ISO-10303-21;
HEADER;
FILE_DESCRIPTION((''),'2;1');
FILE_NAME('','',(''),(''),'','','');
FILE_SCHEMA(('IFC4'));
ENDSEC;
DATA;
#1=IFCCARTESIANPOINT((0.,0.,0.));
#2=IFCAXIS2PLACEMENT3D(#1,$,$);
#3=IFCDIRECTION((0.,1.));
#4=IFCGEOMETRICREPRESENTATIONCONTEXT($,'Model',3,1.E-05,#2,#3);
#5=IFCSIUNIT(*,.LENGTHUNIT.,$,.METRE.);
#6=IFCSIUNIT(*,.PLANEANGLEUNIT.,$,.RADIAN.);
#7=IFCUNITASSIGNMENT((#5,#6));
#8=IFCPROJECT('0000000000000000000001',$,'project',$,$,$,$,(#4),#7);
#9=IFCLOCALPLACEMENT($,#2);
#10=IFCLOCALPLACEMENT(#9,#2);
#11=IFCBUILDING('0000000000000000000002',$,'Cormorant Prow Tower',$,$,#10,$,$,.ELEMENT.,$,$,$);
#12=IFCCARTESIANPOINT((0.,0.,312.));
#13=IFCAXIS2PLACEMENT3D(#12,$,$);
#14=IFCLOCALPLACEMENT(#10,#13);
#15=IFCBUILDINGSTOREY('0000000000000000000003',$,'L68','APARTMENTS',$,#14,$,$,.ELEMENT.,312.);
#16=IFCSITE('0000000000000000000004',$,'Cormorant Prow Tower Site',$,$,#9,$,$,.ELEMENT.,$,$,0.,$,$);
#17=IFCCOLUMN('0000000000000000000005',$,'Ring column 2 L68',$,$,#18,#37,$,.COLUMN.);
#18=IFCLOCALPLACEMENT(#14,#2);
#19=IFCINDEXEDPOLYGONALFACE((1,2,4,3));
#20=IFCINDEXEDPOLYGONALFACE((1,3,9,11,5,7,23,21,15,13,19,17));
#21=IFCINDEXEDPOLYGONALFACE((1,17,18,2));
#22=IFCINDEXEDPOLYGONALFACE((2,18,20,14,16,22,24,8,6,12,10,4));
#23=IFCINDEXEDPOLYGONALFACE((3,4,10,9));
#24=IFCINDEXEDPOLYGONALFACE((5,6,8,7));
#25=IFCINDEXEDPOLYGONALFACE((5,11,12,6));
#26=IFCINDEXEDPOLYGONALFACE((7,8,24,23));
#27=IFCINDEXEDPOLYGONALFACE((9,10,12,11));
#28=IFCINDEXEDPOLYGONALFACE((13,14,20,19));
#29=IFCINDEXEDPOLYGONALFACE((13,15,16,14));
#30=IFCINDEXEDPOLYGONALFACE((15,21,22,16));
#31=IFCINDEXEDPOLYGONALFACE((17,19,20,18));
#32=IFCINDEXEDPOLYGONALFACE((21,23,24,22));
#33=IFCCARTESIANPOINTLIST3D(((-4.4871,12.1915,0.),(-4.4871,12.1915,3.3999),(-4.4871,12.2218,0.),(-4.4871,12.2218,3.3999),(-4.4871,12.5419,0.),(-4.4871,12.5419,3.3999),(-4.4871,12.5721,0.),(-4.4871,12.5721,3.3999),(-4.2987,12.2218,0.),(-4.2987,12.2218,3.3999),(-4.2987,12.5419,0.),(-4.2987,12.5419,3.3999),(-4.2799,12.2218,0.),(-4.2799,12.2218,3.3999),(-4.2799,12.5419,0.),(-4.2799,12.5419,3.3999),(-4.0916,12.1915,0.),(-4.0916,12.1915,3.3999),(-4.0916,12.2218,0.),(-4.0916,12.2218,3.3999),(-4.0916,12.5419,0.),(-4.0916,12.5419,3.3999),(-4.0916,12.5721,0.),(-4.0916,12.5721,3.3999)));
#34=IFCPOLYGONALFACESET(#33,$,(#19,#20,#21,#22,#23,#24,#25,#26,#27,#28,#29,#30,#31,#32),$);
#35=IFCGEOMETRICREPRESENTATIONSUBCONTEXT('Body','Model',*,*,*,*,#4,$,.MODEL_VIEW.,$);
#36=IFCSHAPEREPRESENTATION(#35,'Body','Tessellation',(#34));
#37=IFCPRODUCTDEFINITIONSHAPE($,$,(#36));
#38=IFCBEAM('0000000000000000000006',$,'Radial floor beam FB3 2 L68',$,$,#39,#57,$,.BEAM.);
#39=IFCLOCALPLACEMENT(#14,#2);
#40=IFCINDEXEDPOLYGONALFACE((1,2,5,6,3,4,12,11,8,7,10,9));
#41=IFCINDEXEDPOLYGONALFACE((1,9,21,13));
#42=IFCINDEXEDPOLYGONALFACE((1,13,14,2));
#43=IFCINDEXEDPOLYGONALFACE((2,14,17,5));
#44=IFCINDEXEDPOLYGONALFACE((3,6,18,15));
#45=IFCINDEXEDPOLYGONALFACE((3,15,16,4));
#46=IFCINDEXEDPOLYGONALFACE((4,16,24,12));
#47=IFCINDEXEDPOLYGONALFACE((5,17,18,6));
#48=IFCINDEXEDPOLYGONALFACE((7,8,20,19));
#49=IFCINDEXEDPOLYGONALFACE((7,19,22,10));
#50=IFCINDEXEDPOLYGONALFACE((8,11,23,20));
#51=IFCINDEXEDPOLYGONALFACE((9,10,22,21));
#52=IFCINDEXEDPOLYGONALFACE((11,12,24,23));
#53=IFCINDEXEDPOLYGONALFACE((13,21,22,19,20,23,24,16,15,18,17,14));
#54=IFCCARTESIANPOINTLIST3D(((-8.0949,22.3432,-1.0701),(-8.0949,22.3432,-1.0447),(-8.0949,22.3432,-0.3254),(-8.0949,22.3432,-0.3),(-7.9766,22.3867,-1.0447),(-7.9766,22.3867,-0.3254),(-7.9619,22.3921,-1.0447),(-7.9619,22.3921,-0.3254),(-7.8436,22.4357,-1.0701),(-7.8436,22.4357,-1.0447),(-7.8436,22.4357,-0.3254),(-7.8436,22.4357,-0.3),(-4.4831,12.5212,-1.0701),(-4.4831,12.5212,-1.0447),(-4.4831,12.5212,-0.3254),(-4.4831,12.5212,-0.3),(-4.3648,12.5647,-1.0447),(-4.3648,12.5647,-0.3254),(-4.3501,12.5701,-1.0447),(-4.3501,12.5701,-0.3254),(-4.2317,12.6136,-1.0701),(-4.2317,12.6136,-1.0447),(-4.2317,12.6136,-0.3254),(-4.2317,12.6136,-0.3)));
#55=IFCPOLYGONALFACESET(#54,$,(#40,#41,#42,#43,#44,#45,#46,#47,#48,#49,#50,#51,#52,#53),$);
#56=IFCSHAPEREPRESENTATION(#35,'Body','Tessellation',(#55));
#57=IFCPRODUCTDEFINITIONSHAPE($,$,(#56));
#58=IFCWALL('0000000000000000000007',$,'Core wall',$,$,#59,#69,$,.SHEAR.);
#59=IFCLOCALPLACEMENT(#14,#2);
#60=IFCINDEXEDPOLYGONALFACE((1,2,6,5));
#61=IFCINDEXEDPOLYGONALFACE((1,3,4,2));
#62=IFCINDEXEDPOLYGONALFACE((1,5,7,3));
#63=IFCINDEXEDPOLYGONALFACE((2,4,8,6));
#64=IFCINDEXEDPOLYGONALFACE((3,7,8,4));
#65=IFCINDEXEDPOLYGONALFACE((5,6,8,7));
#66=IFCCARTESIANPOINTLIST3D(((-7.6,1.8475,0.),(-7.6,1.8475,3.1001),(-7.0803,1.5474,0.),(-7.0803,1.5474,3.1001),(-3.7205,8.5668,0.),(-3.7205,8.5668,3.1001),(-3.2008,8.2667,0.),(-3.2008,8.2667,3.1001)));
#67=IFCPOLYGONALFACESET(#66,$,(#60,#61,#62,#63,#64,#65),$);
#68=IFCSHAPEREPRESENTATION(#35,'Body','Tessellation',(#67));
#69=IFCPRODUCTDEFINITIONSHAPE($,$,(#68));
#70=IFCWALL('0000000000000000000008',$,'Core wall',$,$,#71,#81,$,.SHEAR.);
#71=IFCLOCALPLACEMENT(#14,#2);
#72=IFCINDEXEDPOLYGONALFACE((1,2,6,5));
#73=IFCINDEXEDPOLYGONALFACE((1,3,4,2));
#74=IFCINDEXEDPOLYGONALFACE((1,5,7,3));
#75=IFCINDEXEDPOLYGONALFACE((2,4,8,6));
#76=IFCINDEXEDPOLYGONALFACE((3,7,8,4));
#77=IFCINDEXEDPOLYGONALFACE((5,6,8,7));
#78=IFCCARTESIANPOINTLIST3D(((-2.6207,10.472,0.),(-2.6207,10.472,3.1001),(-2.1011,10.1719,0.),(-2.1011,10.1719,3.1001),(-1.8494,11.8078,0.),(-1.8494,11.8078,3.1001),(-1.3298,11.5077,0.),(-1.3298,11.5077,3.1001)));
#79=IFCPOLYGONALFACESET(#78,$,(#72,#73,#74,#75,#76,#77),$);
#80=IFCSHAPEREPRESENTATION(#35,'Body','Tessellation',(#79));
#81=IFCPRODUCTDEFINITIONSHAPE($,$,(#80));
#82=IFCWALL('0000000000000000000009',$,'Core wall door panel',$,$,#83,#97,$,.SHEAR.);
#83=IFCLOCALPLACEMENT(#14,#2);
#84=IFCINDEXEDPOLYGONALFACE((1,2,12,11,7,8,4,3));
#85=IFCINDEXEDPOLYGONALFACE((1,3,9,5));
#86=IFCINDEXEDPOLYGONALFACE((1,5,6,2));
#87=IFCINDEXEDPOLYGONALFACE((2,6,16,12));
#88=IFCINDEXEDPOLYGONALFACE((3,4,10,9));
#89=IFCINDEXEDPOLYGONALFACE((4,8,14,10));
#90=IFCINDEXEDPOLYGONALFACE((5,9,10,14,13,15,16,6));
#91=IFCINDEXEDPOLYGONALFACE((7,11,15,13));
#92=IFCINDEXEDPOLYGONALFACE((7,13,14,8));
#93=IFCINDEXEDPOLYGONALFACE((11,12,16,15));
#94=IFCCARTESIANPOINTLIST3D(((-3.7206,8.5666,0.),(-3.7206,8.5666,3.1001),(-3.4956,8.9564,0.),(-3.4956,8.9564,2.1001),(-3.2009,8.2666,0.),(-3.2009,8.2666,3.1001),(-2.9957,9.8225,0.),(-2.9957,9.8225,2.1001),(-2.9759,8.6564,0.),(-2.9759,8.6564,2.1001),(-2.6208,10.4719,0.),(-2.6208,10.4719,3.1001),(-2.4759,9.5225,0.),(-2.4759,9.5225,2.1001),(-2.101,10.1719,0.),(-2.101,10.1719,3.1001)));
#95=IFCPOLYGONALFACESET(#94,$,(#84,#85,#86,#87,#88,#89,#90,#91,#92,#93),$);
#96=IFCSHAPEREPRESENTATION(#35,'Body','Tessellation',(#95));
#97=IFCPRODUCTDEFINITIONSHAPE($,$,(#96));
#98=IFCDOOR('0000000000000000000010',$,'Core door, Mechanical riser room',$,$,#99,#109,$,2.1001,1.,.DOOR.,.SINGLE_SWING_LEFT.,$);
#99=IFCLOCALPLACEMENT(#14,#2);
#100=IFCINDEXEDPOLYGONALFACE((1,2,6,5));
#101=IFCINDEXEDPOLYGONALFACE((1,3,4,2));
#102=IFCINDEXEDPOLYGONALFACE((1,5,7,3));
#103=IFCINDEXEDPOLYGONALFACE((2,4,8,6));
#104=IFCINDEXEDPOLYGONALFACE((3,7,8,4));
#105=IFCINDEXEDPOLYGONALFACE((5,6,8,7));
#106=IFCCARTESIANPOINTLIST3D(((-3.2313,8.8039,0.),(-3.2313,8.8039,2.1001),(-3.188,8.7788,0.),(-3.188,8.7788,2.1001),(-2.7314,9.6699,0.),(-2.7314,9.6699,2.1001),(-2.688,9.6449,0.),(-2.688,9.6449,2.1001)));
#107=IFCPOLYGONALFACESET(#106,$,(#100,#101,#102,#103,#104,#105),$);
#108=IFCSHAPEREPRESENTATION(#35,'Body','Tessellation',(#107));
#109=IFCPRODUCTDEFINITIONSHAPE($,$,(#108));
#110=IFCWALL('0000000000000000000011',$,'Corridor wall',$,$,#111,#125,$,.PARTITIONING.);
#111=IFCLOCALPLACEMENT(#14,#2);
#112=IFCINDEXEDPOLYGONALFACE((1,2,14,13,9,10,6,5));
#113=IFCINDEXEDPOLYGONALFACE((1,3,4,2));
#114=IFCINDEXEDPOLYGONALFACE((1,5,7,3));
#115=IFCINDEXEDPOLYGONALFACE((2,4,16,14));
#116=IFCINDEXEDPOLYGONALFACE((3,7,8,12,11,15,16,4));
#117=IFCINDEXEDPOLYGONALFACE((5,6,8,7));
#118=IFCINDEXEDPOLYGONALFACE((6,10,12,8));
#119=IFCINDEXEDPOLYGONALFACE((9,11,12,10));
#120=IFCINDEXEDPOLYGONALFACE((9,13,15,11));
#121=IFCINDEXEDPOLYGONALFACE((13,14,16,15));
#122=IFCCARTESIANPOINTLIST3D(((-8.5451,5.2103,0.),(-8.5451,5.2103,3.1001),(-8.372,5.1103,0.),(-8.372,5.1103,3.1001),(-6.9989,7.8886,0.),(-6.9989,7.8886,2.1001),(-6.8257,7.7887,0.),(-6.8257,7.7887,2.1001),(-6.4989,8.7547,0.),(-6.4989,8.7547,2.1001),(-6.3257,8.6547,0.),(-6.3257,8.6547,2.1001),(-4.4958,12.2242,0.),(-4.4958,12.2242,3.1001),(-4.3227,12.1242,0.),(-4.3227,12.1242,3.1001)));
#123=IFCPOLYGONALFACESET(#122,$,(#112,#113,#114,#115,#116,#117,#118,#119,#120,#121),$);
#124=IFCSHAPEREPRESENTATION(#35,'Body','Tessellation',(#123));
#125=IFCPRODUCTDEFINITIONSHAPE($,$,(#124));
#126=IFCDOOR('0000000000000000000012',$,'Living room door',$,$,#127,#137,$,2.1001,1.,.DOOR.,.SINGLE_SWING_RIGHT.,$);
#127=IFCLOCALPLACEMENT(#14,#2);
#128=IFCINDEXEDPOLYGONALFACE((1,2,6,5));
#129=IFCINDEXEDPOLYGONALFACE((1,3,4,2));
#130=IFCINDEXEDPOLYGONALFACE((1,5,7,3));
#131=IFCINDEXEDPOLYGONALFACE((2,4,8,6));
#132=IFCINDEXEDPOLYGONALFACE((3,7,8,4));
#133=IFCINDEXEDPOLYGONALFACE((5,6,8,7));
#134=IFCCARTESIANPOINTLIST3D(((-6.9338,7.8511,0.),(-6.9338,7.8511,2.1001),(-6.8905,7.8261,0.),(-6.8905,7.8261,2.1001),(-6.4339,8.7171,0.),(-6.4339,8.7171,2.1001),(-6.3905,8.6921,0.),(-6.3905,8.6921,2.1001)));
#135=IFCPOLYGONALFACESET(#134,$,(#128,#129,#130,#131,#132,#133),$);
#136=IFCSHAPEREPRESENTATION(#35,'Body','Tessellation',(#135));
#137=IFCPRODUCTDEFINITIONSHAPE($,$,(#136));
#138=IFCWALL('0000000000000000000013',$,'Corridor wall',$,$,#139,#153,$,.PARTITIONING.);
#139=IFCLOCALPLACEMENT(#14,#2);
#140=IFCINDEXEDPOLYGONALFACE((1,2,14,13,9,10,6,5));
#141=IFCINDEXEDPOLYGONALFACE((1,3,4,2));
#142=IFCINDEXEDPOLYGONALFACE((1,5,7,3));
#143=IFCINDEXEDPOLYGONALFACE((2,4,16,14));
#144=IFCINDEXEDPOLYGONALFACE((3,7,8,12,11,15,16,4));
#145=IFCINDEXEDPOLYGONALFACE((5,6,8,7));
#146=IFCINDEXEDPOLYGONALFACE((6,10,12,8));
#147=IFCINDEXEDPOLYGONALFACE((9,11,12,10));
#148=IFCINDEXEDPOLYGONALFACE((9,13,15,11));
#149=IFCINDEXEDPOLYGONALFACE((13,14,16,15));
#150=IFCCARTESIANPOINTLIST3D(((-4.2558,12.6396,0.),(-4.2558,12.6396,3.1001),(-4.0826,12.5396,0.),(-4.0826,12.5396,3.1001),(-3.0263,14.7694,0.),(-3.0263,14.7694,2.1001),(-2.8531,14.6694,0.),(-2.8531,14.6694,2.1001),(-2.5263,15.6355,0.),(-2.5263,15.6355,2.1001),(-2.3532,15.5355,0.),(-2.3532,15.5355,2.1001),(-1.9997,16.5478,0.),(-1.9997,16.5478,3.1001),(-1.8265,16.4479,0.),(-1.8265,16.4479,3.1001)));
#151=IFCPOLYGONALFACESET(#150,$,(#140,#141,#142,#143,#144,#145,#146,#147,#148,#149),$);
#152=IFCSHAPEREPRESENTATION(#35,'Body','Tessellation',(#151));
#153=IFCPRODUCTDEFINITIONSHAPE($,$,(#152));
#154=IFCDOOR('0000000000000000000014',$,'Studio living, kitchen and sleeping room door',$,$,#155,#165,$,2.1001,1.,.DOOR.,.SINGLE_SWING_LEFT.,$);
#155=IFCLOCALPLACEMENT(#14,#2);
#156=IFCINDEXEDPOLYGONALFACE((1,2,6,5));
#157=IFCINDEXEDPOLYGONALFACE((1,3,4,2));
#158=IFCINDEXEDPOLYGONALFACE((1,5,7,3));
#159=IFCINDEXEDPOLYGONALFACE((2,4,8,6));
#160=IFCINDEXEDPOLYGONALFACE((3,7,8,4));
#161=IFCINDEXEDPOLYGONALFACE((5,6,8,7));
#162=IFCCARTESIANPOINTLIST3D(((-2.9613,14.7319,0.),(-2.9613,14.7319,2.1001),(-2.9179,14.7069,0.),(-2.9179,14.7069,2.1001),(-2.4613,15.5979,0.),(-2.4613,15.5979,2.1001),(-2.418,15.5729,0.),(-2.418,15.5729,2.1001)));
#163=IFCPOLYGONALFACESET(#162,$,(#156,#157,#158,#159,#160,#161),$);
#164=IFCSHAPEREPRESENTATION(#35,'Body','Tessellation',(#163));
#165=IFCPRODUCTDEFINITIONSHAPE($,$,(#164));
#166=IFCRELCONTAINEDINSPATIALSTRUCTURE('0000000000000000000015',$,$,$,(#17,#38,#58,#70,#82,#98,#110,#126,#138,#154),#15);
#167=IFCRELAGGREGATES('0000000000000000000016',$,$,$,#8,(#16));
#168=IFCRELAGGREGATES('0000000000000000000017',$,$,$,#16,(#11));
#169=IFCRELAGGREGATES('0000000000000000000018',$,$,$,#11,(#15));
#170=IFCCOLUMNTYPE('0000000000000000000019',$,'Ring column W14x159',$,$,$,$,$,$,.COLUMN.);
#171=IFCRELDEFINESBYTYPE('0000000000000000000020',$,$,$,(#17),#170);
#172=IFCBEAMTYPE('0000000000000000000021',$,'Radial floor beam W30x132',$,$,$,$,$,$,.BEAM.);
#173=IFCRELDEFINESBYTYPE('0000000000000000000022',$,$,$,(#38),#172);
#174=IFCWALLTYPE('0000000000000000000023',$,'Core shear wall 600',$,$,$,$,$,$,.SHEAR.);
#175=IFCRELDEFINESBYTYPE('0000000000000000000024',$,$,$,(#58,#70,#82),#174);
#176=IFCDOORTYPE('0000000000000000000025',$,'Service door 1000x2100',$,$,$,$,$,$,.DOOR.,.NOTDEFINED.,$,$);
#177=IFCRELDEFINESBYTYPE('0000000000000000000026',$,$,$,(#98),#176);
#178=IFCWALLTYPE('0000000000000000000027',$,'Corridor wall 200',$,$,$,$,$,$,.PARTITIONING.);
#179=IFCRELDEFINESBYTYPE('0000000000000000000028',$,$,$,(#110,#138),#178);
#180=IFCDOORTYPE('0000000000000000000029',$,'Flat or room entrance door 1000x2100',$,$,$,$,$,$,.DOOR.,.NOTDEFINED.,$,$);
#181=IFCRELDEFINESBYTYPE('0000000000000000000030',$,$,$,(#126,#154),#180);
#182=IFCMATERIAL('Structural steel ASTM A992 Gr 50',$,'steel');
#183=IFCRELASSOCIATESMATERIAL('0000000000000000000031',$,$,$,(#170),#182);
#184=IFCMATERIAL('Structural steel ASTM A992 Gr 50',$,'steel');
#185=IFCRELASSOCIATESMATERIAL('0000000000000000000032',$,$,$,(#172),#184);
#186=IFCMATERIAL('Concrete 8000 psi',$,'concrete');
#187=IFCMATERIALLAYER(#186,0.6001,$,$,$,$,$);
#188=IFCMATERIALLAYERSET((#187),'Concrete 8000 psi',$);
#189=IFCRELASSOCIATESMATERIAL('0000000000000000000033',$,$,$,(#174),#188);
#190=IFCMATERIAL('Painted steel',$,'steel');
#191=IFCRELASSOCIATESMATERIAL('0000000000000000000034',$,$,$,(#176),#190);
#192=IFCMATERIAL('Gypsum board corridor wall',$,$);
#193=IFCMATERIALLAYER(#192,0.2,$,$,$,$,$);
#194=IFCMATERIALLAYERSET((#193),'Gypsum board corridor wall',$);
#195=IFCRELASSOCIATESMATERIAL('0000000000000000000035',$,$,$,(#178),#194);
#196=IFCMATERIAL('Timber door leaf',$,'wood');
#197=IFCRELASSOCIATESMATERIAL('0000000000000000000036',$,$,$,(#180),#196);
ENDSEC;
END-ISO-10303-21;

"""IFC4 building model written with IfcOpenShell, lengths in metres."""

from ifc_helpers import new_model, si_unit, direction, frame, frame_2d, origin, origin_2d, place, context, subcontext, project, spatial, rectangle, i_section, extrude, material, layer, layer_set, material_profile, profile_set, type_object, element, fill, save


model = new_model("IFC4")

# Units and contexts
model_context = context("Model", 3, precision=1e-05, world=origin(), true_north=direction((0.0, 1.0)))
body_context = subcontext(model_context, "Body", "Model", "MODEL_VIEW")
ifc_project = project(units=[si_unit("LENGTHUNIT", "METRE"), si_unit("PLANEANGLEUNIT", "RADIAN")], contexts=[model_context])

# Site, building, storey
site_placement = place(None, origin())
site = spatial("IfcSite", under=ifc_project, at=site_placement, Name="Cormorant Prow Tower Site", CompositionType="ELEMENT", RefElevation=0.0)
building_placement = place(site_placement, origin())
building = spatial("IfcBuilding", under=site, at=building_placement, Name="Cormorant Prow Tower", CompositionType="ELEMENT")
storey_placement = place(building_placement, frame((0.0, 0.0, 312.0)))
storey = spatial("IfcBuildingStorey", under=building, at=storey_placement, Name="L68", Description="APARTMENTS", CompositionType="ELEMENT", Elevation=312.0)

# Column
ifc_material_1 = material(Name="Structural steel ASTM A992 Gr 50", Category="steel")
ifc_material_profile_1 = material_profile(ifc_material_1, i_section(OverallWidth=0.3955, OverallDepth=0.3806, WebThickness=0.0188, FlangeThickness=0.0303, at=origin_2d()), Name="W14x159")
ifc_profile_set_1 = profile_set([ifc_material_profile_1], Name="Structural steel ASTM A992 Gr 50")
column_type = type_object("IfcColumnType", Name="Ring column W14x159", PredefinedType="COLUMN", material=ifc_profile_set_1)
column_placement = place(storey_placement, frame((-4.2893, 12.3818, 0.0), z_axis=(0.0, 0.0, 1.0), x_axis=(1.0, 0.0, 0.0)))
element("IfcColumn", 1, at=column_placement, inside=storey, type_object=column_type, Name="Ring column 2 L68", PredefinedType="COLUMN", context=body_context, shape_type="SweptSolid", body=[
    extrude(i_section(OverallWidth=0.3955, OverallDepth=0.3806, WebThickness=0.0188, FlangeThickness=0.0303, at=origin_2d()), origin(), (0.0, 0.0, 1.0), 3.3999),
])

# Beam
ifc_material_2 = material(Name="Structural steel ASTM A992 Gr 50", Category="steel")
ifc_material_profile_2 = material_profile(ifc_material_2, i_section(OverallWidth=0.2678, OverallDepth=0.77, WebThickness=0.0156, FlangeThickness=0.0254, at=origin_2d()), Name="W30x132")
ifc_profile_set_2 = profile_set([ifc_material_profile_2], Name="Structural steel ASTM A992 Gr 50")
beam_type = type_object("IfcBeamType", Name="Radial floor beam W30x132", PredefinedType="BEAM", material=ifc_profile_set_2)
beam_placement = place(storey_placement, frame((-4.3574, 12.5674, -0.6851), z_axis=(-0.345131, 0.938554, 0.0), x_axis=(-0.938554, -0.345131, 0.0)))
element("IfcBeam", 2, at=beam_placement, inside=storey, type_object=beam_type, Name="Radial floor beam FB3 2 L68", PredefinedType="BEAM", context=body_context, shape_type="SweptSolid", body=[
    extrude(i_section(OverallWidth=0.2678, OverallDepth=0.77, WebThickness=0.0156, FlangeThickness=0.0254, at=origin_2d()), origin(), (0.0, 0.0, 1.0), 10.4651),
])

# Walls
ifc_material_3 = material(Name="Concrete 8000 psi", Category="concrete")
ifc_layer_1 = layer(ifc_material_3, 0.6001)
ifc_layer_set_1 = layer_set([ifc_layer_1], Name="Concrete 8000 psi")
wall_type_1 = type_object("IfcWallType", Name="Core shear wall 600", PredefinedType="SHEAR", material=ifc_layer_set_1)
wall_1_placement = place(storey_placement, frame((-3.4607, 8.4167, 0.0), z_axis=(0.0, 0.0, 1.0), x_axis=(-0.500004, -0.866023, 0.0)))
element("IfcWall", 3, at=wall_1_placement, inside=storey, type_object=wall_type_1, Name="Core wall", PredefinedType="SHEAR", context=body_context, shape_type="SweptSolid", body=[
    extrude(rectangle(XDim=7.7588, YDim=0.6001, at=frame_2d((3.8794, 0.0))), origin(), (0.0, 0.0, 1.0), 3.1001),
])
wall_2_placement = place(storey_placement, frame((-1.5896, 11.6577, 0.0), z_axis=(0.0, 0.0, 1.0), x_axis=(-0.500038, -0.866004, 0.0)))
element("IfcWall", 4, at=wall_2_placement, inside=storey, type_object=wall_type_1, Name="Core wall", PredefinedType="SHEAR", context=body_context, shape_type="SweptSolid", body=[
    extrude(rectangle(XDim=1.5425, YDim=0.6001, at=frame_2d((0.7712, 0.0))), origin(), (0.0, 0.0, 1.0), 3.1001),
])

# Walls, openings, doors
wall_3_placement = place(storey_placement, frame((-2.3608, 10.322, 0.0), z_axis=(0.0, 0.0, 1.0), x_axis=(-0.499947, -0.866056, 0.0)))
wall_3 = element("IfcWall", 5, at=wall_3_placement, inside=storey, type_object=wall_type_1, Name="Core wall door panel", PredefinedType="SHEAR", context=body_context, shape_type="SweptSolid", body=[
    extrude(rectangle(XDim=2.2, YDim=0.6001, at=frame_2d((1.1001, 0.0))), origin(), (0.0, 0.0, 1.0), 3.1001),
])
opening_1_placement = place(wall_3_placement, frame((0.75, 0.0, 0.0)))
opening_1 = element("IfcOpeningElement", 6, at=opening_1_placement, cuts=wall_3, PredefinedType="OPENING", context=body_context, shape_type="SweptSolid", body=[
    extrude(rectangle(XDim=1.0, YDim=2.1001, at=frame_2d((0.5, 1.05))), frame((0.0, 0.3101, 0.0), z_axis=(0.0, -1.0, 0.0), x_axis=(1.0, 0.0, 0.0)), (0.0, 0.0, 1.0), 0.6201),
])
ifc_material_4 = material(Name="Painted steel", Category="steel")
door_type_1 = type_object("IfcDoorType", Name="Service door 1000x2100", OperationType="NOTDEFINED", PredefinedType="DOOR", material=ifc_material_4)
door_1_placement = place(opening_1_placement, origin())
door_1 = element("IfcDoor", 7, at=door_1_placement, inside=storey, type_object=door_type_1, Name="Core door, Mechanical riser room", OperationType="SINGLE_SWING_LEFT", OverallHeight=2.1001, OverallWidth=1.0, PredefinedType="DOOR", context=body_context, shape_type="SweptSolid", body=[
    extrude(rectangle(XDim=1.0, YDim=2.1001, at=frame_2d((0.5, 1.05))), frame((0.0, 0.0552, 0.0), z_axis=(0.0, -1.0, 0.0), x_axis=(1.0, 0.0, 0.0)), (0.0, 0.0, 1.0), 0.05),
])
fill(opening_1, door_1)
ifc_material_5 = material(Name="Gypsum board corridor wall")
ifc_layer_2 = layer(ifc_material_5, 0.2)
ifc_layer_set_2 = layer_set([ifc_layer_2], Name="Gypsum board corridor wall")
wall_type_2 = type_object("IfcWallType", Name="Corridor wall 200", PredefinedType="PARTITIONING", material=ifc_layer_set_2)
wall_4_placement = place(storey_placement, frame((-8.4585, 5.1604, 0.0), z_axis=(0.0, 0.0, 1.0), x_axis=(0.499984, 0.866034, 0.0)))
wall_4 = element("IfcWall", 8, at=wall_4_placement, inside=storey, type_object=wall_type_2, Name="Corridor wall", PredefinedType="PARTITIONING", context=body_context, shape_type="SweptSolid", body=[
    extrude(rectangle(XDim=8.0989, YDim=0.2, at=frame_2d((4.0493, 0.0))), origin(), (0.0, 0.0, 1.0), 3.1001),
])
opening_2_placement = place(wall_4_placement, frame((3.0925, 0.0, 0.0)))
opening_2 = element("IfcOpeningElement", 9, at=opening_2_placement, cuts=wall_4, PredefinedType="OPENING", context=body_context, shape_type="SweptSolid", body=[
    extrude(rectangle(XDim=1.0, YDim=2.1001, at=frame_2d((0.5, 1.05))), frame((0.0, 0.1099, 0.0), z_axis=(0.0, -1.0, 0.0), x_axis=(1.0, 0.0, 0.0)), (0.0, 0.0, 1.0), 0.22),
])
ifc_material_6 = material(Name="Timber door leaf", Category="wood")
door_type_2 = type_object("IfcDoorType", Name="Flat or room entrance door 1000x2100", OperationType="NOTDEFINED", PredefinedType="DOOR", material=ifc_material_6)
door_2_placement = place(opening_2_placement, origin())
door_2 = element("IfcDoor", 10, at=door_2_placement, inside=storey, type_object=door_type_2, Name="Living room door", OperationType="SINGLE_SWING_RIGHT", OverallHeight=2.1001, OverallWidth=1.0, PredefinedType="DOOR", context=body_context, shape_type="SweptSolid", body=[
    extrude(rectangle(XDim=1.0, YDim=2.1001, at=frame_2d((0.5, 1.05))), frame((0.0, 0.0249, 0.0), z_axis=(0.0, -1.0, 0.0), x_axis=(1.0, 0.0, 0.0)), (0.0, 0.0, 1.0), 0.05),
])
fill(opening_2, door_2)
wall_5_placement = place(storey_placement, frame((-4.1692, 12.5896, 0.0), z_axis=(0.0, 0.0, 1.0), x_axis=(0.49995, 0.866054, 0.0)))
wall_5 = element("IfcWall", 11, at=wall_5_placement, inside=storey, type_object=wall_type_2, Name="Corridor wall", PredefinedType="PARTITIONING", context=body_context, shape_type="SweptSolid", body=[
    extrude(rectangle(XDim=4.5127, YDim=0.2, at=frame_2d((2.2563, 0.0))), origin(), (0.0, 0.0, 1.0), 3.1001),
])
opening_3_placement = place(wall_5_placement, frame((2.4592, 0.0, 0.0)))
opening_3 = element("IfcOpeningElement", 12, at=opening_3_placement, cuts=wall_5, PredefinedType="OPENING", context=body_context, shape_type="SweptSolid", body=[
    extrude(rectangle(XDim=1.0, YDim=2.1001, at=frame_2d((0.5, 1.05))), frame((0.0, 0.1099, 0.0), z_axis=(0.0, -1.0, 0.0), x_axis=(1.0, 0.0, 0.0)), (0.0, 0.0, 1.0), 0.22),
])
door_3_placement = place(opening_3_placement, origin())
door_3 = element("IfcDoor", 13, at=door_3_placement, inside=storey, type_object=door_type_2, Name="Studio living, kitchen and sleeping room door", OperationType="SINGLE_SWING_LEFT", OverallHeight=2.1001, OverallWidth=1.0, PredefinedType="DOOR", context=body_context, shape_type="SweptSolid", body=[
    extrude(rectangle(XDim=1.0, YDim=2.1001, at=frame_2d((0.5, 1.05))), frame((0.0, 0.0249, 0.0), z_axis=(0.0, -1.0, 0.0), x_axis=(1.0, 0.0, 0.0)), (0.0, 0.0, 1.0), 0.05),
])
fill(opening_3, door_3)

save(model, "model.ifc")
